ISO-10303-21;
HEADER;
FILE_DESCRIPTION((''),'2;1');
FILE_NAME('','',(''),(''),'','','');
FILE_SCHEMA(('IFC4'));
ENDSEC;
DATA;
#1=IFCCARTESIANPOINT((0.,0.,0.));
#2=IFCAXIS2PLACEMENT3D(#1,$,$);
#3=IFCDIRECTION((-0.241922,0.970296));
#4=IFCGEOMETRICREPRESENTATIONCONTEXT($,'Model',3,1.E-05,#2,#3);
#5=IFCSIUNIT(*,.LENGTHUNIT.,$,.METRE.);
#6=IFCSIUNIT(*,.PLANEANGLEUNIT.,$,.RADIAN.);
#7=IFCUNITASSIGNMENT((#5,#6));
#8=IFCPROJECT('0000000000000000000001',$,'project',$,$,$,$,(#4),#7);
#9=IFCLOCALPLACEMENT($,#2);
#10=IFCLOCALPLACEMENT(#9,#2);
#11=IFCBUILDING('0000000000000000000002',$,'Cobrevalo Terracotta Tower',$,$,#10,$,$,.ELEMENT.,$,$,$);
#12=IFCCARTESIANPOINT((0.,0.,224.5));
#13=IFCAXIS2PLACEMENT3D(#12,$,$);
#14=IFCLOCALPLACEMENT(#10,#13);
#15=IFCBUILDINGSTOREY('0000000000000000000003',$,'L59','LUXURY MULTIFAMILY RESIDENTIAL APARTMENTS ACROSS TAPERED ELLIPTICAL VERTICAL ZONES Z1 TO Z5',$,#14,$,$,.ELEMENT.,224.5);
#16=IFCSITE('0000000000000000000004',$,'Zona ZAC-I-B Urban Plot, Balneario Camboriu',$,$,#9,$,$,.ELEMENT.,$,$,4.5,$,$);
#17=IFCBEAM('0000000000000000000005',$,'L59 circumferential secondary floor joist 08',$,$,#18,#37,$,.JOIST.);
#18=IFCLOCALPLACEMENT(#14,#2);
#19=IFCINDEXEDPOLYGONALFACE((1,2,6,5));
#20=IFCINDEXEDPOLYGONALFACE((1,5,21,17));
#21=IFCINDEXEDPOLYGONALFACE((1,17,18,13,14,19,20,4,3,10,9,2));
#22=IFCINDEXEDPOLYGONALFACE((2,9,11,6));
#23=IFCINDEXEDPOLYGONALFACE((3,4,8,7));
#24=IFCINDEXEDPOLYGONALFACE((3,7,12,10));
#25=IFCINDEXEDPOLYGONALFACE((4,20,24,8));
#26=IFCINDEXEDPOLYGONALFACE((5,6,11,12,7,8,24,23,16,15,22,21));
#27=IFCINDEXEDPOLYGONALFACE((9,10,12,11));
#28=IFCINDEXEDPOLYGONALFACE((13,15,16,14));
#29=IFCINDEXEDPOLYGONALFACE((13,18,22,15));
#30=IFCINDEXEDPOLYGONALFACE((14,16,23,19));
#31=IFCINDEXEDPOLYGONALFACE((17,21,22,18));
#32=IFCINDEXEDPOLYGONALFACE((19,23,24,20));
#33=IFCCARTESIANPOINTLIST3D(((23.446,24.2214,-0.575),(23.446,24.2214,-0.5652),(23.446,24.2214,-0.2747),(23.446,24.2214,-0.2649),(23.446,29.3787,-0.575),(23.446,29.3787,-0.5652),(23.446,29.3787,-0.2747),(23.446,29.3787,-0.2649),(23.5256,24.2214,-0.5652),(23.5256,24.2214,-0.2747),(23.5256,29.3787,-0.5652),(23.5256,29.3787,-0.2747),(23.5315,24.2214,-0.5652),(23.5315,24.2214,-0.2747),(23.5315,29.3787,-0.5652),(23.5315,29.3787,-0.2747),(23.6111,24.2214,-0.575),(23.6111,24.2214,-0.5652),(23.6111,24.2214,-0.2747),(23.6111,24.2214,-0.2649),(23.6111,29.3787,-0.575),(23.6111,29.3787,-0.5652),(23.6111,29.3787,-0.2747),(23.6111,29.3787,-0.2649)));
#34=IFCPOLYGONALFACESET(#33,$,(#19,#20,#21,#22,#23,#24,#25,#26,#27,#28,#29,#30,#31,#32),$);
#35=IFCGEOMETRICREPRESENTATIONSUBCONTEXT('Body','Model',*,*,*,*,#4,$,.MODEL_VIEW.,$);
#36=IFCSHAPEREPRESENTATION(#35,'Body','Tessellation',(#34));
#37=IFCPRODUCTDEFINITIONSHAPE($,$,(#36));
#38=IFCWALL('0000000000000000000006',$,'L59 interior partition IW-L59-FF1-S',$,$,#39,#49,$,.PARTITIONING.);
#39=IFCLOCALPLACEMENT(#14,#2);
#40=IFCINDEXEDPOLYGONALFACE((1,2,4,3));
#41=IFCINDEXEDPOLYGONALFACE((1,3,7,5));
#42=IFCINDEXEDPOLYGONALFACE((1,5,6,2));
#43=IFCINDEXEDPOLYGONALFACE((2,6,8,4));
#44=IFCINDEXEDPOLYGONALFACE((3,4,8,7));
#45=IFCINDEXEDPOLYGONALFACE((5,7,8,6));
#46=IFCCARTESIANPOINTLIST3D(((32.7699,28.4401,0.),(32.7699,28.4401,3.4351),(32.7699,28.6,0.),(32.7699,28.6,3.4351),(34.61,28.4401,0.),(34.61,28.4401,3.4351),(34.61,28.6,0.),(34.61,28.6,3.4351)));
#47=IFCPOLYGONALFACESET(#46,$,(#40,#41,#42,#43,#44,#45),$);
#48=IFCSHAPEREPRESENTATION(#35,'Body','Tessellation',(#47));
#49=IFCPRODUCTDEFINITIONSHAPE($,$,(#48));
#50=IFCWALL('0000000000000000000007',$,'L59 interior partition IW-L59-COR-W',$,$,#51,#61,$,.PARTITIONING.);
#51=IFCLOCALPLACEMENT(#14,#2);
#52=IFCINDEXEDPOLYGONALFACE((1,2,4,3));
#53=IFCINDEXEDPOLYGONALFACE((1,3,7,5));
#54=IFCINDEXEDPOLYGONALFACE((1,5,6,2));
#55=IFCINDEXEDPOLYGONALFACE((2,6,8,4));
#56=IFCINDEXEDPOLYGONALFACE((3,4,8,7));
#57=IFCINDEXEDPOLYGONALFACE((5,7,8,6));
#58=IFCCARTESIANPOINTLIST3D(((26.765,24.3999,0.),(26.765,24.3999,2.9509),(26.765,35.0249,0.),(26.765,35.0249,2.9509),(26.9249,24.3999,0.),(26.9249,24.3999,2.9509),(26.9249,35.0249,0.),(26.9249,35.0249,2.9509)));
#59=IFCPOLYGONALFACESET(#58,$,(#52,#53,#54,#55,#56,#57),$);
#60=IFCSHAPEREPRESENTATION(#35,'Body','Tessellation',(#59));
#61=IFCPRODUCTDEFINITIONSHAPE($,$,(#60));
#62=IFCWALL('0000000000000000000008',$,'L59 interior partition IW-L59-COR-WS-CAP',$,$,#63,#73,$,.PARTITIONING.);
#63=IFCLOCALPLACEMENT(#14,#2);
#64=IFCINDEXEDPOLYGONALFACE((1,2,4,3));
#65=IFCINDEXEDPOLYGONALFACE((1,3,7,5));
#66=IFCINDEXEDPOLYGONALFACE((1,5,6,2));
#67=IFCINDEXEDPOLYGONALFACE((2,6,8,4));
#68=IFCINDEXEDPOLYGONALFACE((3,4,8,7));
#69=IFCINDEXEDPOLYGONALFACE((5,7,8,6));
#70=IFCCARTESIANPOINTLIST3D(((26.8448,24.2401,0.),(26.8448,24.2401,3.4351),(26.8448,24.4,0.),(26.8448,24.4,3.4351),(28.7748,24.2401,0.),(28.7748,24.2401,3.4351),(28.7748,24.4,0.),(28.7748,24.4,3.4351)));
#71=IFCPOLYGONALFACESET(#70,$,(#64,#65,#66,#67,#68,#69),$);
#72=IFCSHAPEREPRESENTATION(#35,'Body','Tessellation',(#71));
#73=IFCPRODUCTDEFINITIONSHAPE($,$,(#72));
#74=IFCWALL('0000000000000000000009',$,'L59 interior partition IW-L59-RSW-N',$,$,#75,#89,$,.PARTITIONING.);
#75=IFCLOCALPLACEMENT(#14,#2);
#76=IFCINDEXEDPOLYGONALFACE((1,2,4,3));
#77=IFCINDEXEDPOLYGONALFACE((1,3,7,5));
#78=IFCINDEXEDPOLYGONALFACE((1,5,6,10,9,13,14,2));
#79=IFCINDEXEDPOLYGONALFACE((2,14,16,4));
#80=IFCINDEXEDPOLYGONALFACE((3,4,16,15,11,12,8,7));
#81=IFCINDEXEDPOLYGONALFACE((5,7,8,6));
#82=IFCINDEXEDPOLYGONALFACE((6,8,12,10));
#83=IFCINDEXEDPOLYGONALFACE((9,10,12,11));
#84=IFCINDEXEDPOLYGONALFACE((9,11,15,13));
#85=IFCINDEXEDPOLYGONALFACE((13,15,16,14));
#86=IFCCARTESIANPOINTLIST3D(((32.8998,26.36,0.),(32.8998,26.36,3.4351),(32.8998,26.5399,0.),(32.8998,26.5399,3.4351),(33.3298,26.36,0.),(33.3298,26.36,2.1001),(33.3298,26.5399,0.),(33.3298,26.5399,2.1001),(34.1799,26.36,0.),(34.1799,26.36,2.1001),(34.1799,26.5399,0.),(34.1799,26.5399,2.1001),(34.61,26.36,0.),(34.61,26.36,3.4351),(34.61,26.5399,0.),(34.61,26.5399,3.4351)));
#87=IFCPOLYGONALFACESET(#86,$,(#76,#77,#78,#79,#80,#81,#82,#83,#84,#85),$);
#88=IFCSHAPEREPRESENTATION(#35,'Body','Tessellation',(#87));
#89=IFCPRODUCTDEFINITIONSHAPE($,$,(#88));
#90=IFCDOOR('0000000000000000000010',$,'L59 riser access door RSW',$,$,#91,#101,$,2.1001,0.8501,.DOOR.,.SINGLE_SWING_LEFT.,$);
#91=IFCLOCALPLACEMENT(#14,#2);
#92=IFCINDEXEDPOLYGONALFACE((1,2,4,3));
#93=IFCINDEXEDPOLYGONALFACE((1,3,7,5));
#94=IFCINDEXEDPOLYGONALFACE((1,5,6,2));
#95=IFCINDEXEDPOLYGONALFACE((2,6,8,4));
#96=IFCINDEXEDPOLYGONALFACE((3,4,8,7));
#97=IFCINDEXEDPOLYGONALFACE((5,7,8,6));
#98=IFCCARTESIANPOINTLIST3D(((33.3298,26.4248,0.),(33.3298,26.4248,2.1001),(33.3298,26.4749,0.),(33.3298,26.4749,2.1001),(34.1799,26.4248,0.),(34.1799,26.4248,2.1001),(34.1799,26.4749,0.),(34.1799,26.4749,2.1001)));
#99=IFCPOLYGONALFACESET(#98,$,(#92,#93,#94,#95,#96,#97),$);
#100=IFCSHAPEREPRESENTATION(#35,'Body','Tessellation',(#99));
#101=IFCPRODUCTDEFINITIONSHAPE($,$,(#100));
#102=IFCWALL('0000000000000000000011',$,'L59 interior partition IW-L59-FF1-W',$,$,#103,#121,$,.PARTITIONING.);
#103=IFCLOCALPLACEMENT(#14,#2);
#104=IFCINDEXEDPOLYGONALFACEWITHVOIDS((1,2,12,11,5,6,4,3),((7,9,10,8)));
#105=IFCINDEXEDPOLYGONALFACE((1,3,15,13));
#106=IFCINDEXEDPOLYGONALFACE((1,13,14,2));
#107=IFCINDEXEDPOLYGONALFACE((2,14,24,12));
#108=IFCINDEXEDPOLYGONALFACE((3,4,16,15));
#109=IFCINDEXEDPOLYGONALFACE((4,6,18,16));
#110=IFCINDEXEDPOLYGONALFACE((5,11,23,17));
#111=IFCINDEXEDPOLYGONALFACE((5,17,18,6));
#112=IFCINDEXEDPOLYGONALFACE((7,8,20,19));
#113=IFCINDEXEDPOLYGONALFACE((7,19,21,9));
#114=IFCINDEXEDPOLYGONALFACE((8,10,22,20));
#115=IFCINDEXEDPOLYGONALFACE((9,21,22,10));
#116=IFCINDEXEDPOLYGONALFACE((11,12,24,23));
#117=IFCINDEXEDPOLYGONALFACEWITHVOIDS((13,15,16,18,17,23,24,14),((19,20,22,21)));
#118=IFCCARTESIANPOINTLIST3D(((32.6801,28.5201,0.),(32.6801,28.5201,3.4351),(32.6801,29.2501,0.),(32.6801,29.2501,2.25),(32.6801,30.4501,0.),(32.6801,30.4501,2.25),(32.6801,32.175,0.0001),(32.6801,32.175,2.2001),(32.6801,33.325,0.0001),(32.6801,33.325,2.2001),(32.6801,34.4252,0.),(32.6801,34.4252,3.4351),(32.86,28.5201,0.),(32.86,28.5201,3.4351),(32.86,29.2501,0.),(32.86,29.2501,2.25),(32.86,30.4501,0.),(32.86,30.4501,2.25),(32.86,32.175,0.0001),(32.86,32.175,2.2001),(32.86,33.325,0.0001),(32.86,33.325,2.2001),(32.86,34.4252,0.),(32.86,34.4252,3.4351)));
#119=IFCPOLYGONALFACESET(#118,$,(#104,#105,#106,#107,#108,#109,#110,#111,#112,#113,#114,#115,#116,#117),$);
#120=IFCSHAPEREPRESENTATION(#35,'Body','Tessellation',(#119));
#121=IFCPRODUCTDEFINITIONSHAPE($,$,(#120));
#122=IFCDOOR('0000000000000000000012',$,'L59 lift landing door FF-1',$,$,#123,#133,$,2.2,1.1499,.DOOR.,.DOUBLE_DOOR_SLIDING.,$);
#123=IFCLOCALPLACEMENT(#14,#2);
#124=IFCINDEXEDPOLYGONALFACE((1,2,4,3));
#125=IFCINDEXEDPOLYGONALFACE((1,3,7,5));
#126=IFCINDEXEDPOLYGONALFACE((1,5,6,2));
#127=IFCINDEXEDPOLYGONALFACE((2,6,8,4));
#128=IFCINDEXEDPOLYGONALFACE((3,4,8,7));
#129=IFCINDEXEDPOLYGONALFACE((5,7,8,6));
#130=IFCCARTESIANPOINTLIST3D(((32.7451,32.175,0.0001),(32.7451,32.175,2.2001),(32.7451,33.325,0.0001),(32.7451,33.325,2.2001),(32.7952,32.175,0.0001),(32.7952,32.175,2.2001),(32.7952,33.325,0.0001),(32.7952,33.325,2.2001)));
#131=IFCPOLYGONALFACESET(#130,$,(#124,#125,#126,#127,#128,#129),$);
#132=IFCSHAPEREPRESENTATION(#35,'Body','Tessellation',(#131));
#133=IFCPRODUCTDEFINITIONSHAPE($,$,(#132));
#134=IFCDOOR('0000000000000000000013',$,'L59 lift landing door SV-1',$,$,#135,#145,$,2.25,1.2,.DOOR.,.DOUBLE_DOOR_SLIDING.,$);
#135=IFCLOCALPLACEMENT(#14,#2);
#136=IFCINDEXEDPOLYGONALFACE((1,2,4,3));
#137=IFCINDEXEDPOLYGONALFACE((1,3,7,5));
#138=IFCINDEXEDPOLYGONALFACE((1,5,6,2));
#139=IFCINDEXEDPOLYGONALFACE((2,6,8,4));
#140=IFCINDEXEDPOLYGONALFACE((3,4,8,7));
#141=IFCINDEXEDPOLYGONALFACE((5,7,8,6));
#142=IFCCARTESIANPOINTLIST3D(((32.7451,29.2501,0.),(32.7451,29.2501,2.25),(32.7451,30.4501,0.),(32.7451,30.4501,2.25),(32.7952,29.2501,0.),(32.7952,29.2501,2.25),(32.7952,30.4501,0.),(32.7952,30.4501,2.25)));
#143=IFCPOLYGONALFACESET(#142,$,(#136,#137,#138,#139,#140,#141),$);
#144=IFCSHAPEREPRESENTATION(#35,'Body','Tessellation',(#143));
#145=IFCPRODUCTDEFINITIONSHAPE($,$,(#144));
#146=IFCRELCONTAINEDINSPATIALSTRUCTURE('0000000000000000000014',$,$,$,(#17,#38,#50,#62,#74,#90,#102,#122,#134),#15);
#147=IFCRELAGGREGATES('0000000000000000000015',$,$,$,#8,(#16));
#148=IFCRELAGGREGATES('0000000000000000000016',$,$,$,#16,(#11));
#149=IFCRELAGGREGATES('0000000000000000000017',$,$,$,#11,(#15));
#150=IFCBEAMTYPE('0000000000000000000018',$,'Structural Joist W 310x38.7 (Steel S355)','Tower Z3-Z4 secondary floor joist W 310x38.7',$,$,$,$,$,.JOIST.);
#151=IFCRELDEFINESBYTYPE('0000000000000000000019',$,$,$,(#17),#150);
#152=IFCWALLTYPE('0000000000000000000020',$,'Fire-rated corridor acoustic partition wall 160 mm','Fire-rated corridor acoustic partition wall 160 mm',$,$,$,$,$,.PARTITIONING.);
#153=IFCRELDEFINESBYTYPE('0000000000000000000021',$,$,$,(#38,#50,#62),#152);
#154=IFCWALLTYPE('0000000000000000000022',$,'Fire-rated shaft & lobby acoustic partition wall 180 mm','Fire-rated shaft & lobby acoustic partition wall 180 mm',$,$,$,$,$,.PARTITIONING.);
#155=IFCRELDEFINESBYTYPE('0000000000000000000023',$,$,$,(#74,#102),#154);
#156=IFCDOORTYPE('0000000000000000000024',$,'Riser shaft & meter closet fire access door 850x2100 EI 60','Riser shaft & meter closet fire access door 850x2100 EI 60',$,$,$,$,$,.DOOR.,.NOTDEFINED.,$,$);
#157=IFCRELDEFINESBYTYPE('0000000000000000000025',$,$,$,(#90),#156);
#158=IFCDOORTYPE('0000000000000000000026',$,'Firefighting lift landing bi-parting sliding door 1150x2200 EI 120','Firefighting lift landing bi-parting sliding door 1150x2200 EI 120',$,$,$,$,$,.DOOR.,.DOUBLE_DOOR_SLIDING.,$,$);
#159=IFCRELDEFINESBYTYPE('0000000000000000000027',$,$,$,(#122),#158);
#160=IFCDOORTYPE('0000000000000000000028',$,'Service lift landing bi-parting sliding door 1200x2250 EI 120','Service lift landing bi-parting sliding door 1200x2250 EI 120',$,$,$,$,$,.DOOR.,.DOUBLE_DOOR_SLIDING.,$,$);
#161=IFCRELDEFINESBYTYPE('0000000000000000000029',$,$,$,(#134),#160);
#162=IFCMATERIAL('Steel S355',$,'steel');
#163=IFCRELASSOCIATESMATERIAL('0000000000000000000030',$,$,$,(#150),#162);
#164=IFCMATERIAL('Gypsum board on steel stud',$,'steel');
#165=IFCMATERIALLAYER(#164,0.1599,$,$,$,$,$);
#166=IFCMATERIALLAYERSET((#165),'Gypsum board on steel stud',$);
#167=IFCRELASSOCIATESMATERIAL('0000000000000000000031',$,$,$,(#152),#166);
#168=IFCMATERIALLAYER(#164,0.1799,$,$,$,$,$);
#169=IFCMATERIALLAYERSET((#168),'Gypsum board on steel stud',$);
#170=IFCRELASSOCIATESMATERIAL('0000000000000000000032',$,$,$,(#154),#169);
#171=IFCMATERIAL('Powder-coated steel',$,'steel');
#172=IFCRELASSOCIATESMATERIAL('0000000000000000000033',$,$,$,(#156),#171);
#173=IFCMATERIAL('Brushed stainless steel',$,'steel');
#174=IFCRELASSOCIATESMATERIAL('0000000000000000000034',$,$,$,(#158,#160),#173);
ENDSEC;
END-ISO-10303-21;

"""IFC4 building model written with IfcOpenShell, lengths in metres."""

from ifc_helpers import new_model, si_unit, direction, frame, frame_2d, origin, origin_2d, place, context, subcontext, project, spatial, rectangle, i_section, extrude, source, transform, mapped, material, layer, layer_set, material_profile, profile_set, type_object, element, fill, save


model = new_model("IFC4")

# Units and contexts
model_context = context("Model", 3, precision=1e-05, world=origin(), true_north=direction((-0.241922, 0.970296)))
body_context = subcontext(model_context, "Body", "Model", "MODEL_VIEW")
ifc_project = project(units=[si_unit("LENGTHUNIT", "METRE"), si_unit("PLANEANGLEUNIT", "RADIAN")], contexts=[model_context])

# Site, building, storey
site_placement = place(None, origin())
site = spatial("IfcSite", under=ifc_project, at=site_placement, Name="Zona ZAC-I-B Urban Plot, Balneario Camboriu", CompositionType="ELEMENT", RefElevation=4.5)
building_placement = place(site_placement, origin())
building = spatial("IfcBuilding", under=site, at=building_placement, Name="Cobrevalo Terracotta Tower", CompositionType="ELEMENT")
storey_placement = place(building_placement, frame((0.0, 0.0, 224.5)))
storey = spatial("IfcBuildingStorey", under=building, at=storey_placement, Name="L59", Description="LUXURY MULTIFAMILY RESIDENTIAL APARTMENTS ACROSS TAPERED ELLIPTICAL VERTICAL ZONES Z1 TO Z5", CompositionType="ELEMENT", Elevation=224.5)

# Beam
ifc_material_1 = material(Name="Steel S355", Category="steel")
ifc_material_profile = material_profile(ifc_material_1, i_section(OverallWidth=0.165, OverallDepth=0.3101, WebThickness=0.0059, FlangeThickness=0.0098, at=origin_2d()), Name="W 310x38.7")
ifc_profile_set = profile_set([ifc_material_profile], Name="Steel S355")
beam_type = type_object("IfcBeamType", Name="Structural Joist W 310x38.7 (Steel S355)", Description="Tower Z3-Z4 secondary floor joist W 310x38.7", PredefinedType="JOIST", material=ifc_profile_set)
beam_placement = place(storey_placement, frame((23.5286, 29.3787, -0.4199), z_axis=(0.0, -1.0, 0.0), x_axis=(1.0, 0.0, 0.0)))
element("IfcBeam", 1, at=beam_placement, inside=storey, type_object=beam_type, Name="L59 circumferential secondary floor joist 08", PredefinedType="JOIST", context=body_context, shape_type="SweptSolid", body=[
    extrude(i_section(OverallWidth=0.165, OverallDepth=0.3101, WebThickness=0.0059, FlangeThickness=0.0098, at=origin_2d()), origin(), (0.0, 0.0, 1.0), 5.1572),
])

# Walls
ifc_material_2 = material(Name="Gypsum board on steel stud", Category="steel")
ifc_layer_1 = layer(ifc_material_2, 0.1599)
ifc_layer_set_1 = layer_set([ifc_layer_1], Name="Gypsum board on steel stud")
wall_type_1 = type_object("IfcWallType", Name="Fire-rated corridor acoustic partition wall 160 mm", Description="Fire-rated corridor acoustic partition wall 160 mm", PredefinedType="PARTITIONING", material=ifc_layer_set_1)
wall_1_placement = place(storey_placement, frame((32.77, 28.52, 0.0), z_axis=(0.0, 0.0, 1.0), x_axis=(1.0, 0.0, 0.0)))
element("IfcWall", 2, at=wall_1_placement, inside=storey, type_object=wall_type_1, Name="L59 interior partition IW-L59-FF1-S", PredefinedType="PARTITIONING", context=body_context, shape_type="SweptSolid", body=[
    extrude(rectangle(XDim=1.8401, YDim=0.1599, at=frame_2d((0.9199, 0.0))), origin(), (0.0, 0.0, 1.0), 3.4351),
])
wall_2_placement = place(storey_placement, frame((26.845, 24.3999, 0.0), z_axis=(0.0, 0.0, 1.0), x_axis=(0.0, 1.0, 0.0)))
element("IfcWall", 3, at=wall_2_placement, inside=storey, type_object=wall_type_1, Name="L59 interior partition IW-L59-COR-W", PredefinedType="PARTITIONING", context=body_context, shape_type="SweptSolid", body=[
    extrude(rectangle(XDim=10.625, YDim=0.1599, at=frame_2d((5.3125, 0.0))), origin(), (0.0, 0.0, 1.0), 2.9509),
])
wall_3_placement = place(storey_placement, frame((26.845, 24.3201, 0.0), z_axis=(0.0, 0.0, 1.0), x_axis=(1.0, 0.0, 0.0)))
element("IfcWall", 4, at=wall_3_placement, inside=storey, type_object=wall_type_1, Name="L59 interior partition IW-L59-COR-WS-CAP", PredefinedType="PARTITIONING", context=body_context, shape_type="SweptSolid", body=[
    extrude(rectangle(XDim=1.9299, YDim=0.1599, at=frame_2d((0.9648, 0.0))), origin(), (0.0, 0.0, 1.0), 3.4351),
])

# Wall, opening, door
ifc_layer_2 = layer(ifc_material_2, 0.1799)
ifc_layer_set_2 = layer_set([ifc_layer_2], Name="Gypsum board on steel stud")
wall_type_2 = type_object("IfcWallType", Name="Fire-rated shaft & lobby acoustic partition wall 180 mm", Description="Fire-rated shaft & lobby acoustic partition wall 180 mm", PredefinedType="PARTITIONING", material=ifc_layer_set_2)
wall_4_placement = place(storey_placement, frame((32.8999, 26.45, 0.0), z_axis=(0.0, 0.0, 1.0), x_axis=(1.0, 0.0, 0.0)))
wall_4 = element("IfcWall", 5, at=wall_4_placement, inside=storey, type_object=wall_type_2, Name="L59 interior partition IW-L59-RSW-N", PredefinedType="PARTITIONING", context=body_context, shape_type="SweptSolid", body=[
    extrude(rectangle(XDim=1.7102, YDim=0.1799, at=frame_2d((0.855, 0.0))), origin(), (0.0, 0.0, 1.0), 3.4351),
])
opening_1_placement = place(wall_4_placement, frame((0.4299, 0.0, 0.0)))
opening_1 = element("IfcOpeningElement", 6, at=opening_1_placement, cuts=wall_4, PredefinedType="OPENING", context=body_context, shape_type="SweptSolid", body=[
    extrude(rectangle(XDim=0.8501, YDim=2.1001, at=frame_2d((0.425, 1.05))), frame((0.0, 0.1001, 0.0), z_axis=(0.0, -1.0, 0.0), x_axis=(1.0, 0.0, 0.0)), (0.0, 0.0, 1.0), 0.2),
])
ifc_material_3 = material(Name="Powder-coated steel", Category="steel")
door_type_1 = type_object("IfcDoorType", Name="Riser shaft & meter closet fire access door 850x2100 EI 60", Description="Riser shaft & meter closet fire access door 850x2100 EI 60", OperationType="NOTDEFINED", PredefinedType="DOOR", material=ifc_material_3)
shared_shape_1 = source(origin(), body_context, "Body", "SweptSolid", [
    extrude(rectangle(XDim=0.8501, YDim=2.1001, at=frame_2d((0.425, 1.05))), frame((0.0, 0.0249, 0.0), z_axis=(0.0, -1.0, 0.0), x_axis=(1.0, 0.0, 0.0)), (0.0, 0.0, 1.0), 0.05),
])
door_1_placement = place(opening_1_placement, origin())
door_1 = element("IfcDoor", 7, at=door_1_placement, inside=storey, type_object=door_type_1, Name="L59 riser access door RSW", OperationType="SINGLE_SWING_LEFT", OverallHeight=2.1001, OverallWidth=0.8501, PredefinedType="DOOR", context=body_context, shape_type="MappedRepresentation", body=[
    mapped(shared_shape_1, transform((0.0, 0.0, 0.0), scale=1.0)),
])
fill(opening_1, door_1)

# Wall, openings, doors
wall_5_placement = place(storey_placement, frame((32.77, 28.52, 0.0), z_axis=(0.0, 0.0, 1.0), x_axis=(0.0, 1.0, 0.0)))
wall_5 = element("IfcWall", 8, at=wall_5_placement, inside=storey, type_object=wall_type_2, Name="L59 interior partition IW-L59-FF1-W", PredefinedType="PARTITIONING", context=body_context, shape_type="SweptSolid", body=[
    extrude(rectangle(XDim=5.905, YDim=0.1799, at=frame_2d((2.9526, 0.0))), origin(), (0.0, 0.0, 1.0), 3.4351),
])
opening_2_placement = place(wall_5_placement, frame((3.655, 0.0, 0.0)))
opening_2 = element("IfcOpeningElement", 9, at=opening_2_placement, cuts=wall_5, PredefinedType="OPENING", context=body_context, shape_type="SweptSolid", body=[
    extrude(rectangle(XDim=1.1499, YDim=2.2, at=frame_2d((0.575, 1.1001))), frame((0.0, 0.1001, 0.0), z_axis=(0.0, -1.0, 0.0), x_axis=(1.0, 0.0, 0.0)), (0.0, 0.0, 1.0), 0.2),
])
opening_3_placement = place(wall_5_placement, frame((0.73, 0.0, 0.0)))
opening_3 = element("IfcOpeningElement", 10, at=opening_3_placement, cuts=wall_5, PredefinedType="OPENING", context=body_context, shape_type="SweptSolid", body=[
    extrude(rectangle(XDim=1.2, YDim=2.25, at=frame_2d((0.6001, 1.125))), frame((0.0, 0.1001, 0.0), z_axis=(0.0, -1.0, 0.0), x_axis=(1.0, 0.0, 0.0)), (0.0, 0.0, 1.0), 0.2),
])
ifc_material_4 = material(Name="Brushed stainless steel", Category="steel")
door_type_2 = type_object("IfcDoorType", Name="Firefighting lift landing bi-parting sliding door 1150x2200 EI 120", Description="Firefighting lift landing bi-parting sliding door 1150x2200 EI 120", OperationType="DOUBLE_DOOR_SLIDING", PredefinedType="DOOR", material=ifc_material_4)
shared_shape_2 = source(origin(), body_context, "Body", "SweptSolid", [
    extrude(rectangle(XDim=1.1499, YDim=2.2, at=frame_2d((0.575, 1.1001))), frame((0.0, 0.0249, 0.0), z_axis=(0.0, -1.0, 0.0), x_axis=(1.0, 0.0, 0.0)), (0.0, 0.0, 1.0), 0.05),
])
door_2_placement = place(opening_2_placement, origin())
door_2 = element("IfcDoor", 11, at=door_2_placement, inside=storey, type_object=door_type_2, Name="L59 lift landing door FF-1", OperationType="DOUBLE_DOOR_SLIDING", OverallHeight=2.2, OverallWidth=1.1499, PredefinedType="DOOR", context=body_context, shape_type="MappedRepresentation", body=[
    mapped(shared_shape_2, transform((0.0, 0.0, 0.0), scale=1.0)),
])
fill(opening_2, door_2)
door_type_3 = type_object("IfcDoorType", Name="Service lift landing bi-parting sliding door 1200x2250 EI 120", Description="Service lift landing bi-parting sliding door 1200x2250 EI 120", OperationType="DOUBLE_DOOR_SLIDING", PredefinedType="DOOR", material=ifc_material_4)
shared_shape_3 = source(origin(), body_context, "Body", "SweptSolid", [
    extrude(rectangle(XDim=1.2, YDim=2.25, at=frame_2d((0.6001, 1.125))), frame((0.0, 0.0249, 0.0), z_axis=(0.0, -1.0, 0.0), x_axis=(1.0, 0.0, 0.0)), (0.0, 0.0, 1.0), 0.05),
])
door_3_placement = place(opening_3_placement, origin())
door_3 = element("IfcDoor", 12, at=door_3_placement, inside=storey, type_object=door_type_3, Name="L59 lift landing door SV-1", OperationType="DOUBLE_DOOR_SLIDING", OverallHeight=2.25, OverallWidth=1.2, PredefinedType="DOOR", context=body_context, shape_type="MappedRepresentation", body=[
    mapped(shared_shape_3, transform((0.0, 0.0, 0.0), scale=1.0)),
])
fill(opening_3, door_3)

save(model, "model.ifc")
